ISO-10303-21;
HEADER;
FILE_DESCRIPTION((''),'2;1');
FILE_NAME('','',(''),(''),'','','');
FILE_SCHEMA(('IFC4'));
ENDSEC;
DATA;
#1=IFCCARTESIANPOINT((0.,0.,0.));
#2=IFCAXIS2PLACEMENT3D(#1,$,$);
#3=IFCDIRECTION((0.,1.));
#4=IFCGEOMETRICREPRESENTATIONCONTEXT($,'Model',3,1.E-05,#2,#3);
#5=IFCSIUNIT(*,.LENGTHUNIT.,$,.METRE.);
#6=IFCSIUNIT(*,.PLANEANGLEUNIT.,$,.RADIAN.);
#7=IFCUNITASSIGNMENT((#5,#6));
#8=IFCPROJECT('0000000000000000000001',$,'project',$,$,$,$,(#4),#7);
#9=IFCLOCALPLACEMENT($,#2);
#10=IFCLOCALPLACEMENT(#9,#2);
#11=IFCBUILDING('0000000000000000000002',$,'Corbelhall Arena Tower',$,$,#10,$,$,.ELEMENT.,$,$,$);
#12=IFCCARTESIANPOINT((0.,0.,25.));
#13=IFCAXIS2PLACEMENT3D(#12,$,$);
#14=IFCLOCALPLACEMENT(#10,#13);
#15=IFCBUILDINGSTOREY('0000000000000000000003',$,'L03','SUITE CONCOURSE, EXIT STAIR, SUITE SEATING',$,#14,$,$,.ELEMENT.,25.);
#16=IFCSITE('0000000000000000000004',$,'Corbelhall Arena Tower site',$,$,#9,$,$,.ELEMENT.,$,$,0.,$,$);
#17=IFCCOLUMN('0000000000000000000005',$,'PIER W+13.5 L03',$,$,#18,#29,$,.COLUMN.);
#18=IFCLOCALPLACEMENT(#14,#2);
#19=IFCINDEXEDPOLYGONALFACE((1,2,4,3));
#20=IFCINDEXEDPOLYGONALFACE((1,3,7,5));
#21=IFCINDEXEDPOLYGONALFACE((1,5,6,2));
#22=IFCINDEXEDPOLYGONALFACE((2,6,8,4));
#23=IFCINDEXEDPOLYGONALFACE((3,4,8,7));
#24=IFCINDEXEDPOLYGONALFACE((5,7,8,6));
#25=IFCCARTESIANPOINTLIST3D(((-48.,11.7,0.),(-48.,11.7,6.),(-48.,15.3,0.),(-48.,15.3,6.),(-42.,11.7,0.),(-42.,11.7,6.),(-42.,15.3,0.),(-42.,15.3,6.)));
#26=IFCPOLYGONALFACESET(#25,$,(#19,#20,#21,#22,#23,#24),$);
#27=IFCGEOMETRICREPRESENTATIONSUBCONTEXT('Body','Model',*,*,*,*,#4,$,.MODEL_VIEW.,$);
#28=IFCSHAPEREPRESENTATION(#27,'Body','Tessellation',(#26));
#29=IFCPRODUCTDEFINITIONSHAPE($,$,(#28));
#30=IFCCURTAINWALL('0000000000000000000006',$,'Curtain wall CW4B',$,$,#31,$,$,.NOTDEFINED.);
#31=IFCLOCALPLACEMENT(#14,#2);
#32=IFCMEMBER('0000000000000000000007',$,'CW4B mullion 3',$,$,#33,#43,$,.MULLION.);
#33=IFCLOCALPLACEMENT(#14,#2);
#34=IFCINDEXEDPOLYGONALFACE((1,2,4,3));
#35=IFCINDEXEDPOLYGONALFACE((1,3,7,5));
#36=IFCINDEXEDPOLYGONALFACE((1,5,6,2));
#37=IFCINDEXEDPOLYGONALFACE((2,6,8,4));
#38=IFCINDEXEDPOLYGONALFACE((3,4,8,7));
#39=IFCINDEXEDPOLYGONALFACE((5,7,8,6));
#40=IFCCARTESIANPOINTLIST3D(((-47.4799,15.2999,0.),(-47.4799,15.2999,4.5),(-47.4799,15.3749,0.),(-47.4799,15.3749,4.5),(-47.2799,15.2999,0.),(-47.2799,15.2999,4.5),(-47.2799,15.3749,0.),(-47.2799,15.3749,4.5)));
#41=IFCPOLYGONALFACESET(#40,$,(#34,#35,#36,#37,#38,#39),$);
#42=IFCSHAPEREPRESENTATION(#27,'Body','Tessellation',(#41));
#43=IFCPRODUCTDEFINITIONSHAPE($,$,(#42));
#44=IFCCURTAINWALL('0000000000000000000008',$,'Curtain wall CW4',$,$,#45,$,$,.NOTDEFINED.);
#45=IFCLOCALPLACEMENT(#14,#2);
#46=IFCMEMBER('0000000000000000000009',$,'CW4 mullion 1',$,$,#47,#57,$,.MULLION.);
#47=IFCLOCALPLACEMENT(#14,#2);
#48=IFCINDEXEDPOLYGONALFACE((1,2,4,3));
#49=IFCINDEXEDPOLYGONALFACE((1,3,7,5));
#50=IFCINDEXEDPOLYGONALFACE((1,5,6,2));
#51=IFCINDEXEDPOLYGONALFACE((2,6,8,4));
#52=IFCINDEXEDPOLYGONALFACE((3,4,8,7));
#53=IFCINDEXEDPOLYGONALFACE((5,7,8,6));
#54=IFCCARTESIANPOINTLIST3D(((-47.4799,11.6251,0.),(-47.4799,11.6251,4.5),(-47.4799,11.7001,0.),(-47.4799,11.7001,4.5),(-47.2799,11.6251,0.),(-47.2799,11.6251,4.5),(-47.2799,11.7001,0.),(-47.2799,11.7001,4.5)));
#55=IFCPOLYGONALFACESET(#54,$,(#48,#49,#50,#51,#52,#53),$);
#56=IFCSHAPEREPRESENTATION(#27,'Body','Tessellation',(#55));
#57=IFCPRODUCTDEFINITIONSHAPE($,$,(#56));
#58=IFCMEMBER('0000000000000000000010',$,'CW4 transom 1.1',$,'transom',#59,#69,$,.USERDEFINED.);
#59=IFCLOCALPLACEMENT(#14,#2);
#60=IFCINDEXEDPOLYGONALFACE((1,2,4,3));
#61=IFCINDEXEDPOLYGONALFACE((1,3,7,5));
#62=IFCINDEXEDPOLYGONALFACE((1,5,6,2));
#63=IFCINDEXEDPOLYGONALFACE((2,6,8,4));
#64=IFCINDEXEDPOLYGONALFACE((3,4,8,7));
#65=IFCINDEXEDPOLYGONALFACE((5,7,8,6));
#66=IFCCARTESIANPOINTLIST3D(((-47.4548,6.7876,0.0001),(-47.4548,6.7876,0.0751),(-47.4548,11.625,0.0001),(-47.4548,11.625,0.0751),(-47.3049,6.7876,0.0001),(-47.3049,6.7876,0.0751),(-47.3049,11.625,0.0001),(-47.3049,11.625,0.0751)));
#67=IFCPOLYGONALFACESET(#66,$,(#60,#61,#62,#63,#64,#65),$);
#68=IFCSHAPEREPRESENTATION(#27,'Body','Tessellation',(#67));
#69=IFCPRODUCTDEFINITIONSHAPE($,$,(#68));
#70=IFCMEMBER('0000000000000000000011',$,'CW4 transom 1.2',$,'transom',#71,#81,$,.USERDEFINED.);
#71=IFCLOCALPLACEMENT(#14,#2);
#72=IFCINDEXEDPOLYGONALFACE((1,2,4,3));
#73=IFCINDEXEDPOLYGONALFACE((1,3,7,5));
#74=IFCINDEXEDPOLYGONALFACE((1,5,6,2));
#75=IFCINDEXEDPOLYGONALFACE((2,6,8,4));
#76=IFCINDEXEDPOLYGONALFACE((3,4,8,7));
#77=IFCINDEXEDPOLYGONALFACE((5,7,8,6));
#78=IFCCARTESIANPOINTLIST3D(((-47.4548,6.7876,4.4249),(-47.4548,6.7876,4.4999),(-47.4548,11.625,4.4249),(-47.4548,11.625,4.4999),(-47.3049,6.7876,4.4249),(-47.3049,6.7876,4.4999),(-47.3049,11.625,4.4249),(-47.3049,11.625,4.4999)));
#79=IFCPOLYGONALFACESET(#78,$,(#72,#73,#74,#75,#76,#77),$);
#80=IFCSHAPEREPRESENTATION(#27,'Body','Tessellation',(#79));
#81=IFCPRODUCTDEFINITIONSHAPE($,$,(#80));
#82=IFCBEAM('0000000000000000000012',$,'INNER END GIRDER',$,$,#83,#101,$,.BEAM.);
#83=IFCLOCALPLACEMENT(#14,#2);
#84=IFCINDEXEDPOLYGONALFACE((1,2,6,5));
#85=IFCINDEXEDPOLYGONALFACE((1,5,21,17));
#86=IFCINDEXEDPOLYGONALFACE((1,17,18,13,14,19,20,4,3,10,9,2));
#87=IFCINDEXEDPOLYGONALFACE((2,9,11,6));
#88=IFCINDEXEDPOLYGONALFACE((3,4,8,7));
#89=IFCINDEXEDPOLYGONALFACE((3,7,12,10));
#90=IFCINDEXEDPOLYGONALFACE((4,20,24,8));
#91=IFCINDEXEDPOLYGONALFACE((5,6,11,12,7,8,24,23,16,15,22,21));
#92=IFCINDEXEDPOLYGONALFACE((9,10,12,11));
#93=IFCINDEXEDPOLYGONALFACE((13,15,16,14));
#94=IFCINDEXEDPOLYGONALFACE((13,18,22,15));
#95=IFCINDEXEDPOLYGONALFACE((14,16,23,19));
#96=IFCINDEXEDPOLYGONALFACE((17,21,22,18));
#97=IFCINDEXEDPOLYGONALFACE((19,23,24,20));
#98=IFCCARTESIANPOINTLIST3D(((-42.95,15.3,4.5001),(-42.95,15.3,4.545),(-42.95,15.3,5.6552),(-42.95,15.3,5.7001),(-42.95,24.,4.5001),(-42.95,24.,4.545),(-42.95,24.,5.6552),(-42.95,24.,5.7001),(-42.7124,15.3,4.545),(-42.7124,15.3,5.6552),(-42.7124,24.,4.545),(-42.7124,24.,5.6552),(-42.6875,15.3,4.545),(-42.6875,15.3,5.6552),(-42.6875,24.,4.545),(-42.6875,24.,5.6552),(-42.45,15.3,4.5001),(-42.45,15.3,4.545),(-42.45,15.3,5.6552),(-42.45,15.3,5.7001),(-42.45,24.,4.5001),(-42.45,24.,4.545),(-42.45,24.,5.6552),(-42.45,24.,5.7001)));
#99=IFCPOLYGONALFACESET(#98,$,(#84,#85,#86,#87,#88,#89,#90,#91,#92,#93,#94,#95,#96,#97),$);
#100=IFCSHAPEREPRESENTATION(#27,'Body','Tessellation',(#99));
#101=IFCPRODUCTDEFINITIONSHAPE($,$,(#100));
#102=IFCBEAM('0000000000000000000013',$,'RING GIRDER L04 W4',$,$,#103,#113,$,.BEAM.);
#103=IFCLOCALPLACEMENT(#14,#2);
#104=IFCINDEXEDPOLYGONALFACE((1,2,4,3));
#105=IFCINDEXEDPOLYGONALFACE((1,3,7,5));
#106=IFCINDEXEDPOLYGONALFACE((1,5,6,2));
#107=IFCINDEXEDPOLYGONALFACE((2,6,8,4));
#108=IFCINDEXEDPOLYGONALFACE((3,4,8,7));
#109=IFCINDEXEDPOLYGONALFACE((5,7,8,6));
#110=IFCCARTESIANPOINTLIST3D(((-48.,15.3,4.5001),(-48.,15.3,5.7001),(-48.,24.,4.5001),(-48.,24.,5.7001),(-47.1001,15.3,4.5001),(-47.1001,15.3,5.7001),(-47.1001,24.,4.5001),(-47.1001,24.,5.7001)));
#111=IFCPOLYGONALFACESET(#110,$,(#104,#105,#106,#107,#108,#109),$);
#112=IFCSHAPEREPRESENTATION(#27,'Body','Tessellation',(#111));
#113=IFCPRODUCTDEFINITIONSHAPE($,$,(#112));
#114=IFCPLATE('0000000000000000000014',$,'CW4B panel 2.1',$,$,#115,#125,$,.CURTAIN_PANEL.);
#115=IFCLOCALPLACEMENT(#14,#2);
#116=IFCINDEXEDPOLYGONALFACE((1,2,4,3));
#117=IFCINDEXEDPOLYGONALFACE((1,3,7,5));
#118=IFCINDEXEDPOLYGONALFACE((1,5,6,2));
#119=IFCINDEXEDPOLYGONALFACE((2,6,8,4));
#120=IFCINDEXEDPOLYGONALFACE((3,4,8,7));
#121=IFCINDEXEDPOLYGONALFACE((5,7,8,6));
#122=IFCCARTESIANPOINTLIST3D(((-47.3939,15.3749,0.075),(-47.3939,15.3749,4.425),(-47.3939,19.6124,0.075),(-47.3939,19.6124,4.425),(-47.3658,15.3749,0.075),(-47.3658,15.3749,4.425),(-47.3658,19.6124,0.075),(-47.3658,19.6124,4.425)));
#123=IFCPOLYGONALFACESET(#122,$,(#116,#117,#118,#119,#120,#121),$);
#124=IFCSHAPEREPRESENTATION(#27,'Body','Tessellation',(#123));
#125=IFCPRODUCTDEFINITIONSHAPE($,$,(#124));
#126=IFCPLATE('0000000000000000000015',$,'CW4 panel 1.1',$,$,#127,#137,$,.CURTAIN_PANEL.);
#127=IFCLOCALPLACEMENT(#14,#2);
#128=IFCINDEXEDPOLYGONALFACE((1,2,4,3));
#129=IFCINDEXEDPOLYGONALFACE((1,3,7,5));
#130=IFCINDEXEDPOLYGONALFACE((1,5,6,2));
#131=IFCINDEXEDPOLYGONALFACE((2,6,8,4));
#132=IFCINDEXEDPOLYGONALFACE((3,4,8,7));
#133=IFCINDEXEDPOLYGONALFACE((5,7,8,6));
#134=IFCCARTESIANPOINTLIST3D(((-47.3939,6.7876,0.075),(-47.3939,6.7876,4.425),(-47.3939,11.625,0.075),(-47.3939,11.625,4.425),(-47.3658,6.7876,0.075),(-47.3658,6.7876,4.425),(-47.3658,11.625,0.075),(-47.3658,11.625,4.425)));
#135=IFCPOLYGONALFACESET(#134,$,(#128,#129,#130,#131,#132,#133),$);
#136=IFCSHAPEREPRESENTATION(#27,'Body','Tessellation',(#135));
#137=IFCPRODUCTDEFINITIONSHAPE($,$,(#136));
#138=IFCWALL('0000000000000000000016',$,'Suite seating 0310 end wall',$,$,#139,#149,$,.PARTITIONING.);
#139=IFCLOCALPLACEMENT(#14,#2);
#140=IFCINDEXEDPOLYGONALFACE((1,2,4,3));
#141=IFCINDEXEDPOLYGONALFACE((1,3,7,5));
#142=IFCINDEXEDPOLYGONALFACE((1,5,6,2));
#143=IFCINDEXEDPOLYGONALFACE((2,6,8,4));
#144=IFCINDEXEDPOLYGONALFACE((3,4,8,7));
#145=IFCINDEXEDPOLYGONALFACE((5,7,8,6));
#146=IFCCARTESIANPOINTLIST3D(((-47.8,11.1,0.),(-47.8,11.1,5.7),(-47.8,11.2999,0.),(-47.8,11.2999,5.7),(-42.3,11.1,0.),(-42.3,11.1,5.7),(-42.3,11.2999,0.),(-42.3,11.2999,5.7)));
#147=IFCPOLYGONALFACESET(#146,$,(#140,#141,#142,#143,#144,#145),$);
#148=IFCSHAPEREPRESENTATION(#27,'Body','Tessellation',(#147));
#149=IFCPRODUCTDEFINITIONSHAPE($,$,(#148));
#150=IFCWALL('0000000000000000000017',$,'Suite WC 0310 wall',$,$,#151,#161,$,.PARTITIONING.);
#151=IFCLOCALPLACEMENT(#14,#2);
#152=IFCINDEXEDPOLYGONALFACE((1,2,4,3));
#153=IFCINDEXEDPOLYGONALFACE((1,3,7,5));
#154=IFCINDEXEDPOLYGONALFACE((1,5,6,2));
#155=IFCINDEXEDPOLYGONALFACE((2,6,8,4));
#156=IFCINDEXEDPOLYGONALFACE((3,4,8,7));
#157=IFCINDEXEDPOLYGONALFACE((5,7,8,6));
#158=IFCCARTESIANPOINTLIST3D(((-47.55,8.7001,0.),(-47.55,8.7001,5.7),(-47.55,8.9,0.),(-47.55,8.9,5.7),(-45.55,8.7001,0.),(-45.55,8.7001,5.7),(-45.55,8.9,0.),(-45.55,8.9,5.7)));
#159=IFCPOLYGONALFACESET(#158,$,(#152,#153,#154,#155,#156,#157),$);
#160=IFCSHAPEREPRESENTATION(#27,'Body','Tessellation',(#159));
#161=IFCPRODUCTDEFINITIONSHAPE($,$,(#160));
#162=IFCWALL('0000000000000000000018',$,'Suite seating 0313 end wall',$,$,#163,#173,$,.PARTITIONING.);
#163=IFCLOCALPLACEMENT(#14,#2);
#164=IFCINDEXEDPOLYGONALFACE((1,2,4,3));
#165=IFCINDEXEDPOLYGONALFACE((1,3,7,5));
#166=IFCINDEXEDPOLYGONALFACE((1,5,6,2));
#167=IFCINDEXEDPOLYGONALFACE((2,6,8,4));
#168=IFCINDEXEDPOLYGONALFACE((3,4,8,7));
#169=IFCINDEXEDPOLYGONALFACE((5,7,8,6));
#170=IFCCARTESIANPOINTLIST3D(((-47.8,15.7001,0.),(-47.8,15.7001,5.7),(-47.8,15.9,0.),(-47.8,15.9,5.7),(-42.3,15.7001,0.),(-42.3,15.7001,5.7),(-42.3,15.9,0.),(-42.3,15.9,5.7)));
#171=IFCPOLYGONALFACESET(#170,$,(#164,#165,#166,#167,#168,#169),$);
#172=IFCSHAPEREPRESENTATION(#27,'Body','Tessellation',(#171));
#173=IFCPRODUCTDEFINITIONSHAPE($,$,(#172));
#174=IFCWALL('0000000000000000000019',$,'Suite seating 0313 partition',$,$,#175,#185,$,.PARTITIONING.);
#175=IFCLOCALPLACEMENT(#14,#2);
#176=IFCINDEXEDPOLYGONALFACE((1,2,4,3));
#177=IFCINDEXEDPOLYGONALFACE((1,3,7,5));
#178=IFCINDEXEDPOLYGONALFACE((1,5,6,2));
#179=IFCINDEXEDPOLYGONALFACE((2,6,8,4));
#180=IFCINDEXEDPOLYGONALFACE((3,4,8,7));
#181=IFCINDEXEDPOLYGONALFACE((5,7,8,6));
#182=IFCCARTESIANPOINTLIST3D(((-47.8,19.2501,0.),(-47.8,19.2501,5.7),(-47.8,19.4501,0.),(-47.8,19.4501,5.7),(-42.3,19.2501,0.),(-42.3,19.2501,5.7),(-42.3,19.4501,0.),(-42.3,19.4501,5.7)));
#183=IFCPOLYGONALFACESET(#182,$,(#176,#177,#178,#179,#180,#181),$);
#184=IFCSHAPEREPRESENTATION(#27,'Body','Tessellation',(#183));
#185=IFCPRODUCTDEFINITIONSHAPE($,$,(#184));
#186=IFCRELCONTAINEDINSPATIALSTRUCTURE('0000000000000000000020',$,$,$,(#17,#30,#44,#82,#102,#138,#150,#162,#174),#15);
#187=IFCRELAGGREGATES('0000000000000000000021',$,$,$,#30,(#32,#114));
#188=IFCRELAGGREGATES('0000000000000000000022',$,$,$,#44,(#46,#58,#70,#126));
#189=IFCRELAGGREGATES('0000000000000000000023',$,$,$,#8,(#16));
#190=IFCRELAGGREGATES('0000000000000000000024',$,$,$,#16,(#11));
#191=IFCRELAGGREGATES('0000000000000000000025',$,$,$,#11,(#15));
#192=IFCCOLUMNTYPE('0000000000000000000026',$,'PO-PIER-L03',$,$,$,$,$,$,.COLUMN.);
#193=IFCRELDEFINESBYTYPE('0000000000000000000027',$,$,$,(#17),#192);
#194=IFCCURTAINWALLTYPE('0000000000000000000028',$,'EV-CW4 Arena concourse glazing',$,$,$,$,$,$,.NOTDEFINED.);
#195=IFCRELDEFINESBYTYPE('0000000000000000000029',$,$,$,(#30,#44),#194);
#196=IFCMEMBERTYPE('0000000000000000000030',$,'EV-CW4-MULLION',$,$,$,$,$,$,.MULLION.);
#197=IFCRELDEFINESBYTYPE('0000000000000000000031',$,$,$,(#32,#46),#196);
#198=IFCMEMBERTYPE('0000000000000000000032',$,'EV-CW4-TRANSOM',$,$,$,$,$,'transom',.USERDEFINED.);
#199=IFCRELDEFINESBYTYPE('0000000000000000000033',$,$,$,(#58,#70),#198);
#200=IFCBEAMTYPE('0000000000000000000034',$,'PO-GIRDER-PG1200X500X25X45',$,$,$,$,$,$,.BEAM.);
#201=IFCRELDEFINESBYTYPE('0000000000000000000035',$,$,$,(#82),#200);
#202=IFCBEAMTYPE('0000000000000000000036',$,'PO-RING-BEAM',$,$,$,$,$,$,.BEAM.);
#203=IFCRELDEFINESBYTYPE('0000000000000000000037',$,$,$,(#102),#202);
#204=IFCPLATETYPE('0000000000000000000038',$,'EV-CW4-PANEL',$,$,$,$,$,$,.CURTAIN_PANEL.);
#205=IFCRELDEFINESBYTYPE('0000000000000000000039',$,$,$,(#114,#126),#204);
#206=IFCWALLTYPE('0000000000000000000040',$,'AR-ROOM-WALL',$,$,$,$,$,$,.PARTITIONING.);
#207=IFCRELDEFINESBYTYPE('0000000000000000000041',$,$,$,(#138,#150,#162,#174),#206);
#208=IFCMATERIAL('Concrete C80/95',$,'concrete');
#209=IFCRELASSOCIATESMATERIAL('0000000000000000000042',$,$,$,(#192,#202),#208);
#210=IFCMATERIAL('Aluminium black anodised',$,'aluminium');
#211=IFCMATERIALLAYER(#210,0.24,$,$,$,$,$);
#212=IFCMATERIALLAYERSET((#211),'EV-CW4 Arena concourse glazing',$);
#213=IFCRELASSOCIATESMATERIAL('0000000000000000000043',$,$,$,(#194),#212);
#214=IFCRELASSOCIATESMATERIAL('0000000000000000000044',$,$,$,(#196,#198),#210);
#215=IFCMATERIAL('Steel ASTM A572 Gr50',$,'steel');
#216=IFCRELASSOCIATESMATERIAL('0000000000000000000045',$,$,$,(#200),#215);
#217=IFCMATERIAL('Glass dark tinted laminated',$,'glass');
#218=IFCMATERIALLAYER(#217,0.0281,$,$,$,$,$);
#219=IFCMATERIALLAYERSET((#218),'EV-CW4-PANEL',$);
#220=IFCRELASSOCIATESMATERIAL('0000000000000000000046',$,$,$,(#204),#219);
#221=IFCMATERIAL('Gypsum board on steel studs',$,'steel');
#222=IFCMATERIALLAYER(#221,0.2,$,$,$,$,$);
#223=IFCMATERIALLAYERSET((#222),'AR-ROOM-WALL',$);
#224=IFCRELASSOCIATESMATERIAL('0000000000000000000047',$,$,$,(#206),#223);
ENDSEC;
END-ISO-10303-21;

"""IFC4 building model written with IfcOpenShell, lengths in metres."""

from ifc_helpers import new_model, si_unit, direction, frame, frame_2d, origin, origin_2d, place, context, subcontext, project, spatial, rectangle, i_section, extrude, material, layer, layer_set, material_profile, profile_set, type_object, element, aggregate, save


model = new_model("IFC4")

# Units and contexts
model_context = context("Model", 3, precision=1e-05, world=origin(), true_north=direction((0.0, 1.0)))
body_context = subcontext(model_context, "Body", "Model", "MODEL_VIEW")
ifc_project = project(units=[si_unit("LENGTHUNIT", "METRE"), si_unit("PLANEANGLEUNIT", "RADIAN")], contexts=[model_context])

# Site, building, storey
site_placement = place(None, origin())
site = spatial("IfcSite", under=ifc_project, at=site_placement, Name="Corbelhall Arena Tower site", CompositionType="ELEMENT", RefElevation=0.0)
building_placement = place(site_placement, origin())
building = spatial("IfcBuilding", under=site, at=building_placement, Name="Corbelhall Arena Tower", CompositionType="ELEMENT")
storey_placement = place(building_placement, frame((0.0, 0.0, 25.0)))
storey = spatial("IfcBuildingStorey", under=building, at=storey_placement, Name="L03", Description="SUITE CONCOURSE, EXIT STAIR, SUITE SEATING", CompositionType="ELEMENT", Elevation=25.0)

# Column
ifc_material_1 = material(Name="Concrete C80/95", Category="concrete")
ifc_material_profile_1 = material_profile(ifc_material_1, rectangle(XDim=3.6001, YDim=6.0, at=origin_2d()))
ifc_profile_set_1 = profile_set([ifc_material_profile_1], Name="Concrete C80/95")
column_type = type_object("IfcColumnType", Name="PO-PIER-L03", PredefinedType="COLUMN", material=ifc_profile_set_1)
column_placement = place(storey_placement, frame((-45.0, 13.5, 0.0), z_axis=(0.0, 0.0, 1.0), x_axis=(0.0, 1.0, 0.0)))
element("IfcColumn", 1, at=column_placement, inside=storey, type_object=column_type, Name="PIER W+13.5 L03", PredefinedType="COLUMN", context=body_context, shape_type="SweptSolid", body=[
    extrude(rectangle(XDim=3.6001, YDim=6.0, at=origin_2d()), origin(), (0.0, 0.0, 1.0), 6.0),
])

# Curtain wall, member
ifc_material_2 = material(Name="Aluminium black anodised", Category="aluminium")
ifc_layer_1 = layer(ifc_material_2, 0.24)
ifc_layer_set_1 = layer_set([ifc_layer_1], Name="EV-CW4 Arena concourse glazing")
curtain_wall_type = type_object("IfcCurtainWallType", Name="EV-CW4 Arena concourse glazing", PredefinedType="NOTDEFINED", material=ifc_layer_set_1)
curtain_wall_1_placement = place(storey_placement, origin())
curtain_wall_1 = element("IfcCurtainWall", 2, at=curtain_wall_1_placement, inside=storey, type_object=curtain_wall_type, Name="Curtain wall CW4B", PredefinedType="NOTDEFINED")
ifc_material_profile_2 = material_profile(ifc_material_2, rectangle(XDim=0.2, YDim=0.075, at=origin_2d()))
ifc_profile_set_2 = profile_set([ifc_material_profile_2], Name="Aluminium black anodised")
member_type_1 = type_object("IfcMemberType", Name="EV-CW4-MULLION", PredefinedType="MULLION", material=ifc_profile_set_2)
member_1_placement = place(storey_placement, frame((-47.3799, 15.3374, 0.0), z_axis=(0.0, 0.0, 1.0), x_axis=(1.0, 0.0, 0.0)))
member_1 = element("IfcMember", 3, at=member_1_placement, type_object=member_type_1, Name="CW4B mullion 3", PredefinedType="MULLION", context=body_context, shape_type="SweptSolid", body=[
    extrude(rectangle(XDim=0.2, YDim=0.075, at=origin_2d()), origin(), (0.0, 0.0, 1.0), 4.5),
])

# Curtain wall, members
curtain_wall_2_placement = place(storey_placement, origin())
curtain_wall_2 = element("IfcCurtainWall", 4, at=curtain_wall_2_placement, inside=storey, type_object=curtain_wall_type, Name="Curtain wall CW4", PredefinedType="NOTDEFINED")
member_2_placement = place(storey_placement, frame((-47.3799, 11.6626, 0.0), z_axis=(0.0, 0.0, 1.0), x_axis=(1.0, 0.0, 0.0)))
member_2 = element("IfcMember", 5, at=member_2_placement, type_object=member_type_1, Name="CW4 mullion 1", PredefinedType="MULLION", context=body_context, shape_type="SweptSolid", body=[
    extrude(rectangle(XDim=0.2, YDim=0.075, at=origin_2d()), origin(), (0.0, 0.0, 1.0), 4.5),
])
ifc_material_profile_3 = material_profile(ifc_material_2, rectangle(XDim=0.1499, YDim=0.075, at=origin_2d()))
ifc_profile_set_3 = profile_set([ifc_material_profile_3], Name="Aluminium black anodised")
member_type_2 = type_object("IfcMemberType", Name="EV-CW4-TRANSOM", ElementType="transom", PredefinedType="USERDEFINED", material=ifc_profile_set_3)
member_3_placement = place(storey_placement, frame((-47.3799, 11.625, 0.0376), z_axis=(0.0, -1.0, 0.0), x_axis=(1.0, 0.0, 0.0)))
member_3 = element("IfcMember", 6, at=member_3_placement, type_object=member_type_2, Name="CW4 transom 1.1", ObjectType="transom", PredefinedType="USERDEFINED", context=body_context, shape_type="SweptSolid", body=[
    extrude(rectangle(XDim=0.1499, YDim=0.075, at=origin_2d()), origin(), (0.0, 0.0, 1.0), 4.8374),
])
member_4_placement = place(storey_placement, frame((-47.3799, 11.625, 4.4624), z_axis=(0.0, -1.0, 0.0), x_axis=(1.0, 0.0, 0.0)))
member_4 = element("IfcMember", 7, at=member_4_placement, type_object=member_type_2, Name="CW4 transom 1.2", ObjectType="transom", PredefinedType="USERDEFINED", context=body_context, shape_type="SweptSolid", body=[
    extrude(rectangle(XDim=0.1499, YDim=0.075, at=origin_2d()), origin(), (0.0, 0.0, 1.0), 4.8374),
])

# Beams
ifc_material_3 = material(Name="Steel ASTM A572 Gr50", Category="steel")
ifc_material_profile_4 = material_profile(ifc_material_3, i_section(OverallWidth=0.5, OverallDepth=1.2, WebThickness=0.0249, FlangeThickness=0.0449, at=origin_2d()))
ifc_profile_set_4 = profile_set([ifc_material_profile_4], Name="Steel ASTM A572 Gr50")
beam_type_1 = type_object("IfcBeamType", Name="PO-GIRDER-PG1200X500X25X45", PredefinedType="BEAM", material=ifc_profile_set_4)
beam_1_placement = place(storey_placement, frame((-42.7, 15.3, 5.1001), z_axis=(0.0, 1.0, 0.0), x_axis=(-1.0, 0.0, 0.0)))
element("IfcBeam", 8, at=beam_1_placement, inside=storey, type_object=beam_type_1, Name="INNER END GIRDER", PredefinedType="BEAM", context=body_context, shape_type="SweptSolid", body=[
    extrude(i_section(OverallWidth=0.5, OverallDepth=1.2, WebThickness=0.0249, FlangeThickness=0.0449, at=origin_2d()), origin(), (0.0, 0.0, 1.0), 8.7),
])
ifc_material_profile_5 = material_profile(ifc_material_1, rectangle(XDim=0.8999, YDim=1.2, at=origin_2d()))
ifc_profile_set_5 = profile_set([ifc_material_profile_5], Name="Concrete C80/95")
beam_type_2 = type_object("IfcBeamType", Name="PO-RING-BEAM", PredefinedType="BEAM", material=ifc_profile_set_5)
beam_2_placement = place(storey_placement, frame((-47.55, 15.3, 5.1001), z_axis=(0.0, 1.0, 0.0), x_axis=(-1.0, 0.0, 0.0)))
element("IfcBeam", 9, at=beam_2_placement, inside=storey, type_object=beam_type_2, Name="RING GIRDER L04 W4", PredefinedType="BEAM", context=body_context, shape_type="SweptSolid", body=[
    extrude(rectangle(XDim=0.8999, YDim=1.2, at=origin_2d()), origin(), (0.0, 0.0, 1.0), 8.7),
])

# Plates
ifc_material_4 = material(Name="Glass dark tinted laminated", Category="glass")
ifc_layer_2 = layer(ifc_material_4, 0.0281)
ifc_layer_set_2 = layer_set([ifc_layer_2], Name="EV-CW4-PANEL")
plate_type = type_object("IfcPlateType", Name="EV-CW4-PANEL", PredefinedType="CURTAIN_PANEL", material=ifc_layer_set_2)
plate_1_placement = place(storey_placement, frame((-47.3799, 17.4937, 0.075), z_axis=(0.0, 0.0, 1.0), x_axis=(0.0, -1.0, 0.0)))
plate_1 = element("IfcPlate", 10, at=plate_1_placement, type_object=plate_type, Name="CW4B panel 2.1", PredefinedType="CURTAIN_PANEL", context=body_context, shape_type="SweptSolid", body=[
    extrude(rectangle(XDim=4.2375, YDim=0.0281, at=origin_2d()), origin(), (0.0, 0.0, 1.0), 4.3501),
])
aggregate(curtain_wall_1, [member_1, plate_1])
plate_2_placement = place(storey_placement, frame((-47.3799, 9.2063, 0.075), z_axis=(0.0, 0.0, 1.0), x_axis=(0.0, -1.0, 0.0)))
plate_2 = element("IfcPlate", 11, at=plate_2_placement, type_object=plate_type, Name="CW4 panel 1.1", PredefinedType="CURTAIN_PANEL", context=body_context, shape_type="SweptSolid", body=[
    extrude(rectangle(XDim=4.8374, YDim=0.0281, at=origin_2d()), origin(), (0.0, 0.0, 1.0), 4.3501),
])
aggregate(curtain_wall_2, [member_2, member_3, member_4, plate_2])

# Walls
ifc_material_5 = material(Name="Gypsum board on steel studs", Category="steel")
ifc_layer_3 = layer(ifc_material_5, 0.2)
ifc_layer_set_3 = layer_set([ifc_layer_3], Name="AR-ROOM-WALL")
wall_type_1 = type_object("IfcWallType", Name="AR-ROOM-WALL", PredefinedType="PARTITIONING", material=ifc_layer_set_3)
wall_1_placement = place(storey_placement, frame((-42.3, 11.2, 0.0), z_axis=(0.0, 0.0, 1.0), x_axis=(-1.0, 0.0, 0.0)))
element("IfcWall", 12, at=wall_1_placement, inside=storey, type_object=wall_type_1, Name="Suite seating 0310 end wall", PredefinedType="PARTITIONING", context=body_context, shape_type="SweptSolid", body=[
    extrude(rectangle(XDim=5.5, YDim=0.2, at=frame_2d((2.75, 0.0))), origin(), (0.0, 0.0, 1.0), 5.7),
])
wall_2_placement = place(storey_placement, frame((-45.55, 8.8, 0.0), z_axis=(0.0, 0.0, 1.0), x_axis=(-1.0, 0.0, 0.0)))
element("IfcWall", 13, at=wall_2_placement, inside=storey, type_object=wall_type_1, Name="Suite WC 0310 wall", PredefinedType="PARTITIONING", context=body_context, shape_type="SweptSolid", body=[
    extrude(rectangle(XDim=2.0, YDim=0.2, at=frame_2d((1.0, 0.0))), origin(), (0.0, 0.0, 1.0), 5.7),
])

# Walls
for number, where, z_axis, x_axis, name in (
    (14, (-42.3, 15.8, 0.0), (0.0, 0.0, 1.0), (-1.0, 0.0, 0.0), "Suite seating 0313 end wall"),
    (15, (-47.8, 19.3501, 0.0), (0.0, 0.0, 1.0), (1.0, 0.0, 0.0), "Suite seating 0313 partition"),
):
    element("IfcWall", number, at=place(storey_placement, frame(where, z_axis=z_axis, x_axis=x_axis)), inside=storey, type_object=wall_type_1, Name=name, PredefinedType="PARTITIONING", context=body_context, shape_type="SweptSolid", body=[
        extrude(rectangle(XDim=5.5, YDim=0.2, at=frame_2d((2.75, 0.0))), origin(), (0.0, 0.0, 1.0), 5.7),
    ])

save(model, "model.ifc")
